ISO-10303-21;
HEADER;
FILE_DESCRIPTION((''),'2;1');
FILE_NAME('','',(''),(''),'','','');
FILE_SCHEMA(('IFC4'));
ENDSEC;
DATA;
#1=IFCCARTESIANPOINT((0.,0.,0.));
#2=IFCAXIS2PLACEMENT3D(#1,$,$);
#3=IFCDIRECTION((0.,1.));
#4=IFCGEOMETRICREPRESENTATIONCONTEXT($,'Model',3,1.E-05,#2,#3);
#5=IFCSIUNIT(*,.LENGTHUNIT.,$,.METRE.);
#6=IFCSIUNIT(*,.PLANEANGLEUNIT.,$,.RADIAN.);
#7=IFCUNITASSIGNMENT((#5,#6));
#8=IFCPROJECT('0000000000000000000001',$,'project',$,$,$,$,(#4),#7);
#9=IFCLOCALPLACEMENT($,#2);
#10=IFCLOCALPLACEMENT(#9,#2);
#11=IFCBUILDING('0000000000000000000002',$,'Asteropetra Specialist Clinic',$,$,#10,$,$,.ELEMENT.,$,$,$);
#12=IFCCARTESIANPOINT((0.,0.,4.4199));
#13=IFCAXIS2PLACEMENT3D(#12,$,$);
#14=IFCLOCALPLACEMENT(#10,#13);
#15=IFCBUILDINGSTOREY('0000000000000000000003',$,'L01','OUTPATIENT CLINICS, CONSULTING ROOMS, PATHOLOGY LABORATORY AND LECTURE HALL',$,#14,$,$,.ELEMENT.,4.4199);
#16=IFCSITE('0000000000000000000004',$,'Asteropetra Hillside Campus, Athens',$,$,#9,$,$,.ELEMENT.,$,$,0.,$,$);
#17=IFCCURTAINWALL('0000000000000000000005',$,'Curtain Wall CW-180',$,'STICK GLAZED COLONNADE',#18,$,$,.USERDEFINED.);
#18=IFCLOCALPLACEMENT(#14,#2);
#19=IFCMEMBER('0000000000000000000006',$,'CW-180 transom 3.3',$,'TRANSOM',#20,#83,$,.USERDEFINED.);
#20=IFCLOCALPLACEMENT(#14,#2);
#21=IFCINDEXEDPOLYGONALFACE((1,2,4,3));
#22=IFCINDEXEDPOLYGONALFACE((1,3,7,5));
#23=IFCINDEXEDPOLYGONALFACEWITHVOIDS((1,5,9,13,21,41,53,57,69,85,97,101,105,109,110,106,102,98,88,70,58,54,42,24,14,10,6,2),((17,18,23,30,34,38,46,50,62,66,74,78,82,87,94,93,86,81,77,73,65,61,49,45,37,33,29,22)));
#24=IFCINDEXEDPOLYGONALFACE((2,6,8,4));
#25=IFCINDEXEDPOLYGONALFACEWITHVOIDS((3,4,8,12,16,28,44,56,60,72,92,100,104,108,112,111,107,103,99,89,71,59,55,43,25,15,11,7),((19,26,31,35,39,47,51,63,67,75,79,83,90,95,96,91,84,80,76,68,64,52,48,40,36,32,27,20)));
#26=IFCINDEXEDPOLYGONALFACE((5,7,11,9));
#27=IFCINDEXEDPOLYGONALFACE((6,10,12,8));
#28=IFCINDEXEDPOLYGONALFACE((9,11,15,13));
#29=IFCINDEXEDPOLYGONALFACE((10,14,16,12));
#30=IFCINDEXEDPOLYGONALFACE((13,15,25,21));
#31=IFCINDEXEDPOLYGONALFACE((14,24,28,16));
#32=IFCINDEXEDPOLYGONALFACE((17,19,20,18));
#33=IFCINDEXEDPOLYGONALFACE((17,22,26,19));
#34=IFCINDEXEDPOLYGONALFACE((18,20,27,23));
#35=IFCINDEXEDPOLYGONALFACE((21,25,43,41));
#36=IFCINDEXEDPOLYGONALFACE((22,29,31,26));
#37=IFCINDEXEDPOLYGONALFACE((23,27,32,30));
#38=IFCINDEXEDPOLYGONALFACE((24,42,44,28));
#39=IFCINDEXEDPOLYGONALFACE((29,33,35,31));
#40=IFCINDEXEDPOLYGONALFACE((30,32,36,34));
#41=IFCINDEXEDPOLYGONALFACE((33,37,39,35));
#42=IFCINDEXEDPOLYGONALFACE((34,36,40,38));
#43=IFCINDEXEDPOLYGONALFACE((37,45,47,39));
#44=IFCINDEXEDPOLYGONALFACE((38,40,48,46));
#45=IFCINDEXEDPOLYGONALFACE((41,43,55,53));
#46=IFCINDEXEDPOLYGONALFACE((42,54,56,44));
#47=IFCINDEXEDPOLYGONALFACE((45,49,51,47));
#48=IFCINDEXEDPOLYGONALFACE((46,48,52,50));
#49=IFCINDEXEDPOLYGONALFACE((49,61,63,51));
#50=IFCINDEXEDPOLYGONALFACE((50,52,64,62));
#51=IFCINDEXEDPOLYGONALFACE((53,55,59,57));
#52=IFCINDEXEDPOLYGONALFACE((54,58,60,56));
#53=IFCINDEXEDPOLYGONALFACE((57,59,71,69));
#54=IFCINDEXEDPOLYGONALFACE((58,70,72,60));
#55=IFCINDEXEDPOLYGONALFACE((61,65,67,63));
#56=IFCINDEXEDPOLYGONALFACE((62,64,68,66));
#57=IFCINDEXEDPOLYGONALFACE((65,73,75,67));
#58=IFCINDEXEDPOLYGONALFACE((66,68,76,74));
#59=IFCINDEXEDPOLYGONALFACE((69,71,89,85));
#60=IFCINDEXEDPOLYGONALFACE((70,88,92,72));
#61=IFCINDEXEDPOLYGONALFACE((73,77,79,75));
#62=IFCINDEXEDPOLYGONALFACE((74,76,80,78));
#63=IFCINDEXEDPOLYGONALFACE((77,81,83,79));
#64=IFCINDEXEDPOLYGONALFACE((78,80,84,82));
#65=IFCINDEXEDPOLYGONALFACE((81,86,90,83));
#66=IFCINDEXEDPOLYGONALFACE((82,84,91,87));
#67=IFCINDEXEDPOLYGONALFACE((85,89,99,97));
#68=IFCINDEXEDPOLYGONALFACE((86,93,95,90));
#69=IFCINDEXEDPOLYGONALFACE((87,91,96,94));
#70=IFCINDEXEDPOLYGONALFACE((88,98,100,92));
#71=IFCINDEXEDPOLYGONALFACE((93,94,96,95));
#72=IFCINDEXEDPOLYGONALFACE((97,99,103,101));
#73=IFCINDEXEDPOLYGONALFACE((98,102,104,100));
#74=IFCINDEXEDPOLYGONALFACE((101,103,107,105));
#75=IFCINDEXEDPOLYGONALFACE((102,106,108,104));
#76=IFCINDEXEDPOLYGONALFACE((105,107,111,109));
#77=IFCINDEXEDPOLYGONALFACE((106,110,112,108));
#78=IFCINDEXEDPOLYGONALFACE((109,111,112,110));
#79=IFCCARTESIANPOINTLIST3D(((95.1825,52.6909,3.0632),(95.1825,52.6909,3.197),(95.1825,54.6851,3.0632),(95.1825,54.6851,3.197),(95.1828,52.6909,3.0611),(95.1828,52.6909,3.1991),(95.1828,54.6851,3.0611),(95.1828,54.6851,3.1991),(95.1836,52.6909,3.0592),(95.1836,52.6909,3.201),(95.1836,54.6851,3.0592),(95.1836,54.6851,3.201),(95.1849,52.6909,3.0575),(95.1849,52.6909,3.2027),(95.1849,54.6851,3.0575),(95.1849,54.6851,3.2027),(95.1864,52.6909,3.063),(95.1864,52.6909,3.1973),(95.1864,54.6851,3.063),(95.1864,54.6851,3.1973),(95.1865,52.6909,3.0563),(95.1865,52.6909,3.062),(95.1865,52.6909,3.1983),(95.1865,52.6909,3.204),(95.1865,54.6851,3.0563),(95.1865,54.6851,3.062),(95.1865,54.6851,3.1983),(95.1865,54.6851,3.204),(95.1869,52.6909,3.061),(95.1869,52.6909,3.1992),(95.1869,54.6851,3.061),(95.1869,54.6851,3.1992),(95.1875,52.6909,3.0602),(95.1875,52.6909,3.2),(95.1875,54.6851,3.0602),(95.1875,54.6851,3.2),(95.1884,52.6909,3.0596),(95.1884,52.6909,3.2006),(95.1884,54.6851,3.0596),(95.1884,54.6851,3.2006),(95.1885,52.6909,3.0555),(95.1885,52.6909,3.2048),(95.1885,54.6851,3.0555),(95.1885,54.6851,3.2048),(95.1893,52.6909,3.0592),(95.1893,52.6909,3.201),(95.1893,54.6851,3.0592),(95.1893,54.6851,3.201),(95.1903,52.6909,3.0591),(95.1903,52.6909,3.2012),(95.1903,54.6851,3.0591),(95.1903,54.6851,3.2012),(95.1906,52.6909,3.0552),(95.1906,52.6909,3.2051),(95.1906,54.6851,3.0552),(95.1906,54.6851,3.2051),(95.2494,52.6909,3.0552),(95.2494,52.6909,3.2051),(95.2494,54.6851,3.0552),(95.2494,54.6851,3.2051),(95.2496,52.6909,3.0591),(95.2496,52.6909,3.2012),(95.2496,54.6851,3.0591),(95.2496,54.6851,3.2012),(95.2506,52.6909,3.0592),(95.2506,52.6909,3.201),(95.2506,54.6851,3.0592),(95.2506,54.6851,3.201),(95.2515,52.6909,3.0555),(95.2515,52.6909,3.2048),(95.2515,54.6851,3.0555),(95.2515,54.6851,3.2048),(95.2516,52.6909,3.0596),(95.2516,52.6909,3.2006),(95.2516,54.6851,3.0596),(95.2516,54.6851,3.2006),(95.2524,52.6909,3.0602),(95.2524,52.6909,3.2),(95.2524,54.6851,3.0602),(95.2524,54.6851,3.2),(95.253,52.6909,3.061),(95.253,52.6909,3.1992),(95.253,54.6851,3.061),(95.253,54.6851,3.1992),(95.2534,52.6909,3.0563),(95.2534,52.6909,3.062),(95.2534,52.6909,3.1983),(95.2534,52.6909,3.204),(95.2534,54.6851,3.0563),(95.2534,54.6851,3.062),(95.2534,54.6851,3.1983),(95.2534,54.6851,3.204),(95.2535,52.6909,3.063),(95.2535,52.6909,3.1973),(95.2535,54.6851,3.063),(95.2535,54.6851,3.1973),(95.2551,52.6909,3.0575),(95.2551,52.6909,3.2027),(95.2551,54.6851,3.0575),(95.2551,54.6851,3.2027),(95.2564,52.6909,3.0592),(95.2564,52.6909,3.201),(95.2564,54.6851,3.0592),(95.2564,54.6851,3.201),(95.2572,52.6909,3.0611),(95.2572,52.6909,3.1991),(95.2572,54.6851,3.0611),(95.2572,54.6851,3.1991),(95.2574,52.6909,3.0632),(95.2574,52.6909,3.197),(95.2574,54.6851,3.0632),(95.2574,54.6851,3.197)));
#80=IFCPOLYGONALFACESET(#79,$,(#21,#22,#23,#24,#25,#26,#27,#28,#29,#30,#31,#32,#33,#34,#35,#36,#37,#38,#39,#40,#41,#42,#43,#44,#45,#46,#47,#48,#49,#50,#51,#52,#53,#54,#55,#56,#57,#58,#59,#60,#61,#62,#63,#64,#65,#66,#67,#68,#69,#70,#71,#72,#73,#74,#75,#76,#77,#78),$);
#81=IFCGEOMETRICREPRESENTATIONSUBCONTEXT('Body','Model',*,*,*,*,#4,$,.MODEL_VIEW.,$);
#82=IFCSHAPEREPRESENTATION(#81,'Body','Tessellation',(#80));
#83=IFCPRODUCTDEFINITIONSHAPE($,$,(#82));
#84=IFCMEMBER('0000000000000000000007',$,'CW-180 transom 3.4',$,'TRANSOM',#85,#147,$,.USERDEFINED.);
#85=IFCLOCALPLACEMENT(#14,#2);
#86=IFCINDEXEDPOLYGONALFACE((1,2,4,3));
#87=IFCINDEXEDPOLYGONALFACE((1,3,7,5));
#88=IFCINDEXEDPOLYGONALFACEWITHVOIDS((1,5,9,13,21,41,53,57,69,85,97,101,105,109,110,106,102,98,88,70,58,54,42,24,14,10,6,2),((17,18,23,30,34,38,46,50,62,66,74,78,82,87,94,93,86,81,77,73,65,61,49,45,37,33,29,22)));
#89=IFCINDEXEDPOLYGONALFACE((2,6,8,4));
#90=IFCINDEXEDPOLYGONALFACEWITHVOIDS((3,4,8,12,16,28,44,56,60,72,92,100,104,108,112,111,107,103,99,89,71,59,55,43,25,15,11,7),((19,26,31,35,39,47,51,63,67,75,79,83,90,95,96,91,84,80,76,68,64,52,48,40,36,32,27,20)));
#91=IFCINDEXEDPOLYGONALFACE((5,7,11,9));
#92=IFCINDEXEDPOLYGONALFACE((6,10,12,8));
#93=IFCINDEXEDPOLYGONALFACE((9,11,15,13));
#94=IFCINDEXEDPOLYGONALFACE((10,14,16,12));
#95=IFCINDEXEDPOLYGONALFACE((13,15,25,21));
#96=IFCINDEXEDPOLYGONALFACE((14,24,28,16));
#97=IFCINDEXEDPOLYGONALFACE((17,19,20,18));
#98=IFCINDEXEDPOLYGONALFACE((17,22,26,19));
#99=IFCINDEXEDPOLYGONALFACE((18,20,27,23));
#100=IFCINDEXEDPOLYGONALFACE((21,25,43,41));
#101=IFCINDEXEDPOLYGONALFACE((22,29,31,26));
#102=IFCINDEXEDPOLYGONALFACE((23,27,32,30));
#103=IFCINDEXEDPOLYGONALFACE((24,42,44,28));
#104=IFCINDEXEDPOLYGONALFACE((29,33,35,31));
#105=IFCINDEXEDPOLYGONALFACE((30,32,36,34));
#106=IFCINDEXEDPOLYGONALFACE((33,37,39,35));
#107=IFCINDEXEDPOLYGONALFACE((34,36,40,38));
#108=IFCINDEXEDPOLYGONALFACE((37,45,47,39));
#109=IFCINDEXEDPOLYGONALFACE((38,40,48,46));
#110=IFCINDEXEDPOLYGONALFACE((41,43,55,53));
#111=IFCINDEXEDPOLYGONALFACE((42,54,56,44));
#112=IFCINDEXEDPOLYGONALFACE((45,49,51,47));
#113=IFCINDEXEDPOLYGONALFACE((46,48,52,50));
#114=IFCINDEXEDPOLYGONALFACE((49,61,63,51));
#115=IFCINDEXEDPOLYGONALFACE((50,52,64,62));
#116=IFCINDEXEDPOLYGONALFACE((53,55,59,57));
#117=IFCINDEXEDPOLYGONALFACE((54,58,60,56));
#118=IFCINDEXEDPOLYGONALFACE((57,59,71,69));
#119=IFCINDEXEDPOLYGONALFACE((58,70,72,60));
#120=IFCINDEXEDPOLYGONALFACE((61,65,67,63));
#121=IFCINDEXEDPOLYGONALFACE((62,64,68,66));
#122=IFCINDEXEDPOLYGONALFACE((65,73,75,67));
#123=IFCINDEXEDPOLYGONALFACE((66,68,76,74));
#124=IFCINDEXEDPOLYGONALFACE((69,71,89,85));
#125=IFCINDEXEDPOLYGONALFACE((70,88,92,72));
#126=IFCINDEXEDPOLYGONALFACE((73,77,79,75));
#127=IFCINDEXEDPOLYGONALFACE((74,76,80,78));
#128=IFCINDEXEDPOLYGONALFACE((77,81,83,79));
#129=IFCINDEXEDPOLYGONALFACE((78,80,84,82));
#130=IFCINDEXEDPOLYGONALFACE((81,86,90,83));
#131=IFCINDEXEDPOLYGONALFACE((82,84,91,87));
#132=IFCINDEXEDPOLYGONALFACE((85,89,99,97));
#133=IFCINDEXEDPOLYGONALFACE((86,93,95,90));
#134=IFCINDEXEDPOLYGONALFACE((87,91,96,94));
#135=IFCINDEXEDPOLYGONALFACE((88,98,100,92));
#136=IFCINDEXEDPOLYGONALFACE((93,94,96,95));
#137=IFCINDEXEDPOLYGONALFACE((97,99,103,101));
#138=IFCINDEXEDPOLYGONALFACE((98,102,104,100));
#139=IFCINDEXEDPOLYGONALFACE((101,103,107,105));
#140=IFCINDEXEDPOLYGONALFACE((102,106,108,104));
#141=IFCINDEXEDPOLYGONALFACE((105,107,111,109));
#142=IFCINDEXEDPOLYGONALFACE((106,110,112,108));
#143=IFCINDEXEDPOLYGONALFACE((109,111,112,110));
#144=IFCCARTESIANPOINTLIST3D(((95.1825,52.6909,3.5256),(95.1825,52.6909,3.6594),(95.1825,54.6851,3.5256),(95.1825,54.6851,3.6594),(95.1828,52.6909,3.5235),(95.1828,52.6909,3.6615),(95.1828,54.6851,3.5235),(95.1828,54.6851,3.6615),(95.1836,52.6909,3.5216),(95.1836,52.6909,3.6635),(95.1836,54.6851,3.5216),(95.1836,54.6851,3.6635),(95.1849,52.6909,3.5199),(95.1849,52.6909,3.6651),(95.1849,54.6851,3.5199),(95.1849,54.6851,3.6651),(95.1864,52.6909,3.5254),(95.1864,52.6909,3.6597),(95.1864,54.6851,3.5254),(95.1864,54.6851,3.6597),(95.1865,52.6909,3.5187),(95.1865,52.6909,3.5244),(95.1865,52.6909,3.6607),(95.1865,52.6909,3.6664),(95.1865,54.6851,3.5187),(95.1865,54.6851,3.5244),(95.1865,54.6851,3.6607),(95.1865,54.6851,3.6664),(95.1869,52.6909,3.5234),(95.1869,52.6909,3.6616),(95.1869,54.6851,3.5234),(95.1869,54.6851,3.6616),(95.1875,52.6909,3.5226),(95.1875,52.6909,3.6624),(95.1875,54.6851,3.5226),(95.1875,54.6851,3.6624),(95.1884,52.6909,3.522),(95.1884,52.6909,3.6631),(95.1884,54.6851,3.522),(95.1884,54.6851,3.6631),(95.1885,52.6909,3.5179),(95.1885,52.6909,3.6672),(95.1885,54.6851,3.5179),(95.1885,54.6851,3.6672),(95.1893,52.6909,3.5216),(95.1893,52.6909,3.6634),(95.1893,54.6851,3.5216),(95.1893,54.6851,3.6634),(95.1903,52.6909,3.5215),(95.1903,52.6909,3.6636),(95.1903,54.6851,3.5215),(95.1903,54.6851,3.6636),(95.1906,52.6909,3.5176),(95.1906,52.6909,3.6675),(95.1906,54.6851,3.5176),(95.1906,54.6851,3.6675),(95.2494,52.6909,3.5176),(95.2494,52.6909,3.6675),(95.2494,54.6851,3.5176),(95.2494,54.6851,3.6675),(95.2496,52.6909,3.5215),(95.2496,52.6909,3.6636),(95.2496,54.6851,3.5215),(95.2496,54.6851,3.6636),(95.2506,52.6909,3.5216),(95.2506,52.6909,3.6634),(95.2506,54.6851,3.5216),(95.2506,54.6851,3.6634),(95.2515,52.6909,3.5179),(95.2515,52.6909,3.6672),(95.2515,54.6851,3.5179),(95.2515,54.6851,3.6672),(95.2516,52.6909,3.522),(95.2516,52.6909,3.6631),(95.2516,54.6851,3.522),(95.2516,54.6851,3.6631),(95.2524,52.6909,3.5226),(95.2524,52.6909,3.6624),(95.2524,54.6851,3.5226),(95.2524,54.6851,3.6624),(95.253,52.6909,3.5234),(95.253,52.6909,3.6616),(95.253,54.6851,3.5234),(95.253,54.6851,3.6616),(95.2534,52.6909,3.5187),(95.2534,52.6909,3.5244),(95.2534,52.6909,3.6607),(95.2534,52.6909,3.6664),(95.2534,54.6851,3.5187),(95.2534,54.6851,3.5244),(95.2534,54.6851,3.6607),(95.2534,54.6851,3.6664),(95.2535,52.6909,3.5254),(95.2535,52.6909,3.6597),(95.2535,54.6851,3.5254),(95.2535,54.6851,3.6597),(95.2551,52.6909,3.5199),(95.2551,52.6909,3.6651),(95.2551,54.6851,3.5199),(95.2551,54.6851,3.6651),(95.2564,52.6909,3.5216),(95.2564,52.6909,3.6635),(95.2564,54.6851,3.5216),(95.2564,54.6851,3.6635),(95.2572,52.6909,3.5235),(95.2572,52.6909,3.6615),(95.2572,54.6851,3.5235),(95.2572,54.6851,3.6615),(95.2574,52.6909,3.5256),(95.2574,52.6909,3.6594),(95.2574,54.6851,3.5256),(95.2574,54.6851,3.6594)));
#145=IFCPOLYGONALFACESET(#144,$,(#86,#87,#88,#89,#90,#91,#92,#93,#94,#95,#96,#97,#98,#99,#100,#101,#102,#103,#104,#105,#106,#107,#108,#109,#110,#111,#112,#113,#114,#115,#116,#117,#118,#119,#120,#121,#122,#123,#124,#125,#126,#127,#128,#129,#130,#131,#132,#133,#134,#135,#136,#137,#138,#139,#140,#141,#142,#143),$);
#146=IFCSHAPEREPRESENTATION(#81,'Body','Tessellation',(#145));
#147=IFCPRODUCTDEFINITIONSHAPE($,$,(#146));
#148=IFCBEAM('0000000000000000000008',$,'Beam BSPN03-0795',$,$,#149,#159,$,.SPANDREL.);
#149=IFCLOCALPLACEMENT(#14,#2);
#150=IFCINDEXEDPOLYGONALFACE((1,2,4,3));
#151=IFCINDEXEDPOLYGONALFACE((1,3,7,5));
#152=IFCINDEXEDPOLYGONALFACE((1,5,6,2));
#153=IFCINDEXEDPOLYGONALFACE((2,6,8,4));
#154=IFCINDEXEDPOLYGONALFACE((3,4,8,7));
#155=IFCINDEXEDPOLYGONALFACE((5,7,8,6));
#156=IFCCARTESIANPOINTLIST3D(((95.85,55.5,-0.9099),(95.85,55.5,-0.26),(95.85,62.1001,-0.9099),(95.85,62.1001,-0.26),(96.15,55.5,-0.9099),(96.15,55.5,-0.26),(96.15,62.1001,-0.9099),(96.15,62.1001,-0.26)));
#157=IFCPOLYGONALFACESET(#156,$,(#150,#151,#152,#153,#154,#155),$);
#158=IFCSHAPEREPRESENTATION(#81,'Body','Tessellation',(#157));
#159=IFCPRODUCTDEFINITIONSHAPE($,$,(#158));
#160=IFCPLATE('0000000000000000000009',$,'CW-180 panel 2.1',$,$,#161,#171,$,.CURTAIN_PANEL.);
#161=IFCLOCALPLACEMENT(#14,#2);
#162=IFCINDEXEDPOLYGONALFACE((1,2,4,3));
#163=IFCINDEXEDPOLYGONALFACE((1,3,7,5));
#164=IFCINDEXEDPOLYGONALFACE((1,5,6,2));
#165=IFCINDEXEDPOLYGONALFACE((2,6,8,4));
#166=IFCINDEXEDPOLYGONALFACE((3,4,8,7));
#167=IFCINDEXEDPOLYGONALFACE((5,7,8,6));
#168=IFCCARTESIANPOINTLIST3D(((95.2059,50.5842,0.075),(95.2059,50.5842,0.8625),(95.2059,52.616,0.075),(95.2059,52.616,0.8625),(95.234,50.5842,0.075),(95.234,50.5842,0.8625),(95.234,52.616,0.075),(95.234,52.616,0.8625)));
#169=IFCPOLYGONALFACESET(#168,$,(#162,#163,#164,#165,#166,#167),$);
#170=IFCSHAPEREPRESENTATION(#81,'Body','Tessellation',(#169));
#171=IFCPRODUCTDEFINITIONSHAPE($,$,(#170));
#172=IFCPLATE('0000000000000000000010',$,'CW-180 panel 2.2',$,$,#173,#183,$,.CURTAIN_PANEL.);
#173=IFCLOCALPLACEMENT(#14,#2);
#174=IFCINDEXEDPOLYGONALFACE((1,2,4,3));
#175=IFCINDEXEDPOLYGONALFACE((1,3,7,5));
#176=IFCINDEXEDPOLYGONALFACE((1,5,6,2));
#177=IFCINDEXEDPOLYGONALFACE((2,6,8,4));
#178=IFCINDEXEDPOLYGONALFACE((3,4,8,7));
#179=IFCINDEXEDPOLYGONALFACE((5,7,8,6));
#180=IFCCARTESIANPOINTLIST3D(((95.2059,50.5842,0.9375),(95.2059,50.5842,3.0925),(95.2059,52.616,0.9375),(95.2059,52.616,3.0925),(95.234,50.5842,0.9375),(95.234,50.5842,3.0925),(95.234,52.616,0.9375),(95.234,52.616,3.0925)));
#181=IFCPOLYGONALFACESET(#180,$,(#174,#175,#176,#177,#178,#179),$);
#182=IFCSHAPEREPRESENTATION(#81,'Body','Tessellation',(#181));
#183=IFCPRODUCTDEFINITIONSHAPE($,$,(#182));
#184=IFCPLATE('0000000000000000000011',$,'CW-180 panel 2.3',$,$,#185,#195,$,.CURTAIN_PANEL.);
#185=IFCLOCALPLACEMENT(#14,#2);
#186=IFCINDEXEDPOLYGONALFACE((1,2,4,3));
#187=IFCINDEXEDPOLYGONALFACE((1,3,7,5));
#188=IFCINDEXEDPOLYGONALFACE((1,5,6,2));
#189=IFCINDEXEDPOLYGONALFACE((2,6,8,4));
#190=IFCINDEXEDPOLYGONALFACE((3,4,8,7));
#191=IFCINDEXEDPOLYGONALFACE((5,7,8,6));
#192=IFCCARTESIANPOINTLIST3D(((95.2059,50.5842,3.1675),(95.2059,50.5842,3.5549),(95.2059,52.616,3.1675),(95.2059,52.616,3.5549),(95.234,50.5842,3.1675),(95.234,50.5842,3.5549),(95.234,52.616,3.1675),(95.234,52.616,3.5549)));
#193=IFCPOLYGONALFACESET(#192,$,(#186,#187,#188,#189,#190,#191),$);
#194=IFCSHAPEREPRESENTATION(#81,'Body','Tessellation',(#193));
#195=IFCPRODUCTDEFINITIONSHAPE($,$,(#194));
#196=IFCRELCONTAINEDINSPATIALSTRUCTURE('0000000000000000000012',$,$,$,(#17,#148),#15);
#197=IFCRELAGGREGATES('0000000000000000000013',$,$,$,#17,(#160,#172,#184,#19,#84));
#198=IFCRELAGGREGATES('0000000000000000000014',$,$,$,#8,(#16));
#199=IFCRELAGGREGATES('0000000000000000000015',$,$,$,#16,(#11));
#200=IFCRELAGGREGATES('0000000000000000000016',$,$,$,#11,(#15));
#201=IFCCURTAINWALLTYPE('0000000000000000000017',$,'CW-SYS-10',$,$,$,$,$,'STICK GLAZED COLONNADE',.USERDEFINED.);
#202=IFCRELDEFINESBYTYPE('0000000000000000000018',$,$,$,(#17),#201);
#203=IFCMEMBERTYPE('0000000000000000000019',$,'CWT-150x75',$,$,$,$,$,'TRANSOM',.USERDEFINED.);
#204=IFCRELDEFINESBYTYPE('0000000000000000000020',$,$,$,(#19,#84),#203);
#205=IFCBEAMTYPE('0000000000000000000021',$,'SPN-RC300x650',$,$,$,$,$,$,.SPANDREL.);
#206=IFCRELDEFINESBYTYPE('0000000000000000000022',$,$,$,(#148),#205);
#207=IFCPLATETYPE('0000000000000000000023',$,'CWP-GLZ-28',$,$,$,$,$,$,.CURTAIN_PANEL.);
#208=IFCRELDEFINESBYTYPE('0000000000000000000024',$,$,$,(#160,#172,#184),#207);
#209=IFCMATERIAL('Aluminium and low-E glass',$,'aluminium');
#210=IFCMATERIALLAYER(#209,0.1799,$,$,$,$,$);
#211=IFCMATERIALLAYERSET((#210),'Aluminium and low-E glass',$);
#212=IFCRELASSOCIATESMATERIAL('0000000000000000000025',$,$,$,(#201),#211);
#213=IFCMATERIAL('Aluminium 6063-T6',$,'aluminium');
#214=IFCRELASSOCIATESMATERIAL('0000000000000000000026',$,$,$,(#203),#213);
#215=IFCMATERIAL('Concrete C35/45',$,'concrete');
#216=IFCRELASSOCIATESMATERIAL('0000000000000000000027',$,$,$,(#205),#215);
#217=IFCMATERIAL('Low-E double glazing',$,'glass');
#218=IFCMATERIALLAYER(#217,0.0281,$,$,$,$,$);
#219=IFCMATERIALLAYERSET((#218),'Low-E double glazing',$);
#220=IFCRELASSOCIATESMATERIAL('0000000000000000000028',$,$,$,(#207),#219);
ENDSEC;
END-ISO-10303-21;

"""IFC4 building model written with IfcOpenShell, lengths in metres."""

from ifc_helpers import new_model, si_unit, direction, frame, origin, origin_2d, place, context, subcontext, project, spatial, rectangle, hollow_rectangle, extrude, material, layer, layer_set, material_profile, profile_set, type_object, element, aggregate, save


model = new_model("IFC4")

# Units and contexts
model_context = context("Model", 3, precision=1e-05, world=origin(), true_north=direction((0.0, 1.0)))
body_context = subcontext(model_context, "Body", "Model", "MODEL_VIEW")
ifc_project = project(units=[si_unit("LENGTHUNIT", "METRE"), si_unit("PLANEANGLEUNIT", "RADIAN")], contexts=[model_context])

# Site, building, storey
site_placement = place(None, origin())
site = spatial("IfcSite", under=ifc_project, at=site_placement, Name="Asteropetra Hillside Campus, Athens", CompositionType="ELEMENT", RefElevation=0.0)
building_placement = place(site_placement, origin())
building = spatial("IfcBuilding", under=site, at=building_placement, Name="Asteropetra Specialist Clinic", CompositionType="ELEMENT")
storey_placement = place(building_placement, frame((0.0, 0.0, 4.4199)))
storey = spatial("IfcBuildingStorey", under=building, at=storey_placement, Name="L01", Description="OUTPATIENT CLINICS, CONSULTING ROOMS, PATHOLOGY LABORATORY AND LECTURE HALL", CompositionType="ELEMENT", Elevation=4.4199)

# Curtain wall
ifc_material_1 = material(Name="Aluminium and low-E glass", Category="aluminium")
ifc_layer_1 = layer(ifc_material_1, 0.1799)
ifc_layer_set_1 = layer_set([ifc_layer_1], Name="Aluminium and low-E glass")
curtain_wall_type_1 = type_object("IfcCurtainWallType", Name="CW-SYS-10", ElementType="STICK GLAZED COLONNADE", PredefinedType="USERDEFINED", material=ifc_layer_set_1)
curtain_wall_1_placement = place(storey_placement, origin())
curtain_wall_1 = element("IfcCurtainWall", 1, at=curtain_wall_1_placement, inside=storey, type_object=curtain_wall_type_1, Name="Curtain Wall CW-180", ObjectType="STICK GLAZED COLONNADE", PredefinedType="USERDEFINED")

# Members
ifc_material_2 = material(Name="Aluminium 6063-T6", Category="aluminium")
ifc_material_profile_1 = material_profile(ifc_material_2, hollow_rectangle(XDim=0.075, YDim=0.1499, WallThickness=0.0039, InnerFilletRadius=0.0039, OuterFilletRadius=0.0081, at=origin_2d()), Name="TRN 150x75x4.0")
ifc_profile_set_1 = profile_set([ifc_material_profile_1], Name="Aluminium 6063-T6")
member_type_1 = type_object("IfcMemberType", Name="CWT-150x75", ElementType="TRANSOM", PredefinedType="USERDEFINED", material=ifc_profile_set_1)
member_1_placement = place(storey_placement, frame((95.22, 52.6909, 3.1301), z_axis=(0.0, 1.0, 0.0), x_axis=(-1.0, 0.0, 0.0)))
member_1 = element("IfcMember", 2, at=member_1_placement, type_object=member_type_1, Name="CW-180 transom 3.3", ObjectType="TRANSOM", PredefinedType="USERDEFINED", context=body_context, shape_type="SweptSolid", body=[
    extrude(hollow_rectangle(XDim=0.075, YDim=0.1499, WallThickness=0.0039, InnerFilletRadius=0.0039, OuterFilletRadius=0.0081, at=origin_2d()), origin(), (0.0, 0.0, 1.0), 1.9941),
])
member_2_placement = place(storey_placement, frame((95.22, 52.6909, 3.5925), z_axis=(0.0, 1.0, 0.0), x_axis=(-1.0, 0.0, 0.0)))
member_2 = element("IfcMember", 3, at=member_2_placement, type_object=member_type_1, Name="CW-180 transom 3.4", ObjectType="TRANSOM", PredefinedType="USERDEFINED", context=body_context, shape_type="SweptSolid", body=[
    extrude(hollow_rectangle(XDim=0.075, YDim=0.1499, WallThickness=0.0039, InnerFilletRadius=0.0039, OuterFilletRadius=0.0081, at=origin_2d()), origin(), (0.0, 0.0, 1.0), 1.9941),
])

# Beam
ifc_material_3 = material(Name="Concrete C35/45", Category="concrete")
ifc_material_profile_2 = material_profile(ifc_material_3, rectangle(XDim=0.3, YDim=0.6499, at=origin_2d()), Name="RCS 300x650")
ifc_profile_set_2 = profile_set([ifc_material_profile_2], Name="Concrete C35/45")
beam_type_1 = type_object("IfcBeamType", Name="SPN-RC300x650", PredefinedType="SPANDREL", material=ifc_profile_set_2)
beam_1_placement = place(storey_placement, frame((96.0, 55.5, -0.585), z_axis=(0.0, 1.0, 0.0), x_axis=(-1.0, 0.0, 0.0)))
element("IfcBeam", 4, at=beam_1_placement, inside=storey, type_object=beam_type_1, Name="Beam BSPN03-0795", PredefinedType="SPANDREL", context=body_context, shape_type="SweptSolid", body=[
    extrude(rectangle(XDim=0.3, YDim=0.6499, at=origin_2d()), origin(), (0.0, 0.0, 1.0), 6.6001),
])

# Plates
ifc_material_4 = material(Name="Low-E double glazing", Category="glass")
ifc_layer_2 = layer(ifc_material_4, 0.0281)
ifc_layer_set_2 = layer_set([ifc_layer_2], Name="Low-E double glazing")
plate_type = type_object("IfcPlateType", Name="CWP-GLZ-28", PredefinedType="CURTAIN_PANEL", material=ifc_layer_set_2)
plate_1_placement = place(storey_placement, frame((95.22, 51.6001, 0.075), z_axis=(0.0, 0.0, 1.0), x_axis=(0.0, 1.0, 0.0)))
plate_1 = element("IfcPlate", 5, at=plate_1_placement, type_object=plate_type, Name="CW-180 panel 2.1", PredefinedType="CURTAIN_PANEL", context=body_context, shape_type="SweptSolid", body=[
    extrude(rectangle(XDim=2.0317, YDim=0.0281, at=origin_2d()), origin(), (0.0, 0.0, 1.0), 0.7876),
])
plate_2_placement = place(storey_placement, frame((95.22, 51.6001, 0.9375), z_axis=(0.0, 0.0, 1.0), x_axis=(0.0, 1.0, 0.0)))
plate_2 = element("IfcPlate", 6, at=plate_2_placement, type_object=plate_type, Name="CW-180 panel 2.2", PredefinedType="CURTAIN_PANEL", context=body_context, shape_type="SweptSolid", body=[
    extrude(rectangle(XDim=2.0317, YDim=0.0281, at=origin_2d()), origin(), (0.0, 0.0, 1.0), 2.155),
])
plate_3_placement = place(storey_placement, frame((95.22, 51.6001, 3.1675), z_axis=(0.0, 0.0, 1.0), x_axis=(0.0, 1.0, 0.0)))
plate_3 = element("IfcPlate", 7, at=plate_3_placement, type_object=plate_type, Name="CW-180 panel 2.3", PredefinedType="CURTAIN_PANEL", context=body_context, shape_type="SweptSolid", body=[
    extrude(rectangle(XDim=2.0317, YDim=0.0281, at=origin_2d()), origin(), (0.0, 0.0, 1.0), 0.3875),
])
aggregate(curtain_wall_1, [plate_1, plate_2, plate_3, member_1, member_2])

save(model, "model.ifc")
